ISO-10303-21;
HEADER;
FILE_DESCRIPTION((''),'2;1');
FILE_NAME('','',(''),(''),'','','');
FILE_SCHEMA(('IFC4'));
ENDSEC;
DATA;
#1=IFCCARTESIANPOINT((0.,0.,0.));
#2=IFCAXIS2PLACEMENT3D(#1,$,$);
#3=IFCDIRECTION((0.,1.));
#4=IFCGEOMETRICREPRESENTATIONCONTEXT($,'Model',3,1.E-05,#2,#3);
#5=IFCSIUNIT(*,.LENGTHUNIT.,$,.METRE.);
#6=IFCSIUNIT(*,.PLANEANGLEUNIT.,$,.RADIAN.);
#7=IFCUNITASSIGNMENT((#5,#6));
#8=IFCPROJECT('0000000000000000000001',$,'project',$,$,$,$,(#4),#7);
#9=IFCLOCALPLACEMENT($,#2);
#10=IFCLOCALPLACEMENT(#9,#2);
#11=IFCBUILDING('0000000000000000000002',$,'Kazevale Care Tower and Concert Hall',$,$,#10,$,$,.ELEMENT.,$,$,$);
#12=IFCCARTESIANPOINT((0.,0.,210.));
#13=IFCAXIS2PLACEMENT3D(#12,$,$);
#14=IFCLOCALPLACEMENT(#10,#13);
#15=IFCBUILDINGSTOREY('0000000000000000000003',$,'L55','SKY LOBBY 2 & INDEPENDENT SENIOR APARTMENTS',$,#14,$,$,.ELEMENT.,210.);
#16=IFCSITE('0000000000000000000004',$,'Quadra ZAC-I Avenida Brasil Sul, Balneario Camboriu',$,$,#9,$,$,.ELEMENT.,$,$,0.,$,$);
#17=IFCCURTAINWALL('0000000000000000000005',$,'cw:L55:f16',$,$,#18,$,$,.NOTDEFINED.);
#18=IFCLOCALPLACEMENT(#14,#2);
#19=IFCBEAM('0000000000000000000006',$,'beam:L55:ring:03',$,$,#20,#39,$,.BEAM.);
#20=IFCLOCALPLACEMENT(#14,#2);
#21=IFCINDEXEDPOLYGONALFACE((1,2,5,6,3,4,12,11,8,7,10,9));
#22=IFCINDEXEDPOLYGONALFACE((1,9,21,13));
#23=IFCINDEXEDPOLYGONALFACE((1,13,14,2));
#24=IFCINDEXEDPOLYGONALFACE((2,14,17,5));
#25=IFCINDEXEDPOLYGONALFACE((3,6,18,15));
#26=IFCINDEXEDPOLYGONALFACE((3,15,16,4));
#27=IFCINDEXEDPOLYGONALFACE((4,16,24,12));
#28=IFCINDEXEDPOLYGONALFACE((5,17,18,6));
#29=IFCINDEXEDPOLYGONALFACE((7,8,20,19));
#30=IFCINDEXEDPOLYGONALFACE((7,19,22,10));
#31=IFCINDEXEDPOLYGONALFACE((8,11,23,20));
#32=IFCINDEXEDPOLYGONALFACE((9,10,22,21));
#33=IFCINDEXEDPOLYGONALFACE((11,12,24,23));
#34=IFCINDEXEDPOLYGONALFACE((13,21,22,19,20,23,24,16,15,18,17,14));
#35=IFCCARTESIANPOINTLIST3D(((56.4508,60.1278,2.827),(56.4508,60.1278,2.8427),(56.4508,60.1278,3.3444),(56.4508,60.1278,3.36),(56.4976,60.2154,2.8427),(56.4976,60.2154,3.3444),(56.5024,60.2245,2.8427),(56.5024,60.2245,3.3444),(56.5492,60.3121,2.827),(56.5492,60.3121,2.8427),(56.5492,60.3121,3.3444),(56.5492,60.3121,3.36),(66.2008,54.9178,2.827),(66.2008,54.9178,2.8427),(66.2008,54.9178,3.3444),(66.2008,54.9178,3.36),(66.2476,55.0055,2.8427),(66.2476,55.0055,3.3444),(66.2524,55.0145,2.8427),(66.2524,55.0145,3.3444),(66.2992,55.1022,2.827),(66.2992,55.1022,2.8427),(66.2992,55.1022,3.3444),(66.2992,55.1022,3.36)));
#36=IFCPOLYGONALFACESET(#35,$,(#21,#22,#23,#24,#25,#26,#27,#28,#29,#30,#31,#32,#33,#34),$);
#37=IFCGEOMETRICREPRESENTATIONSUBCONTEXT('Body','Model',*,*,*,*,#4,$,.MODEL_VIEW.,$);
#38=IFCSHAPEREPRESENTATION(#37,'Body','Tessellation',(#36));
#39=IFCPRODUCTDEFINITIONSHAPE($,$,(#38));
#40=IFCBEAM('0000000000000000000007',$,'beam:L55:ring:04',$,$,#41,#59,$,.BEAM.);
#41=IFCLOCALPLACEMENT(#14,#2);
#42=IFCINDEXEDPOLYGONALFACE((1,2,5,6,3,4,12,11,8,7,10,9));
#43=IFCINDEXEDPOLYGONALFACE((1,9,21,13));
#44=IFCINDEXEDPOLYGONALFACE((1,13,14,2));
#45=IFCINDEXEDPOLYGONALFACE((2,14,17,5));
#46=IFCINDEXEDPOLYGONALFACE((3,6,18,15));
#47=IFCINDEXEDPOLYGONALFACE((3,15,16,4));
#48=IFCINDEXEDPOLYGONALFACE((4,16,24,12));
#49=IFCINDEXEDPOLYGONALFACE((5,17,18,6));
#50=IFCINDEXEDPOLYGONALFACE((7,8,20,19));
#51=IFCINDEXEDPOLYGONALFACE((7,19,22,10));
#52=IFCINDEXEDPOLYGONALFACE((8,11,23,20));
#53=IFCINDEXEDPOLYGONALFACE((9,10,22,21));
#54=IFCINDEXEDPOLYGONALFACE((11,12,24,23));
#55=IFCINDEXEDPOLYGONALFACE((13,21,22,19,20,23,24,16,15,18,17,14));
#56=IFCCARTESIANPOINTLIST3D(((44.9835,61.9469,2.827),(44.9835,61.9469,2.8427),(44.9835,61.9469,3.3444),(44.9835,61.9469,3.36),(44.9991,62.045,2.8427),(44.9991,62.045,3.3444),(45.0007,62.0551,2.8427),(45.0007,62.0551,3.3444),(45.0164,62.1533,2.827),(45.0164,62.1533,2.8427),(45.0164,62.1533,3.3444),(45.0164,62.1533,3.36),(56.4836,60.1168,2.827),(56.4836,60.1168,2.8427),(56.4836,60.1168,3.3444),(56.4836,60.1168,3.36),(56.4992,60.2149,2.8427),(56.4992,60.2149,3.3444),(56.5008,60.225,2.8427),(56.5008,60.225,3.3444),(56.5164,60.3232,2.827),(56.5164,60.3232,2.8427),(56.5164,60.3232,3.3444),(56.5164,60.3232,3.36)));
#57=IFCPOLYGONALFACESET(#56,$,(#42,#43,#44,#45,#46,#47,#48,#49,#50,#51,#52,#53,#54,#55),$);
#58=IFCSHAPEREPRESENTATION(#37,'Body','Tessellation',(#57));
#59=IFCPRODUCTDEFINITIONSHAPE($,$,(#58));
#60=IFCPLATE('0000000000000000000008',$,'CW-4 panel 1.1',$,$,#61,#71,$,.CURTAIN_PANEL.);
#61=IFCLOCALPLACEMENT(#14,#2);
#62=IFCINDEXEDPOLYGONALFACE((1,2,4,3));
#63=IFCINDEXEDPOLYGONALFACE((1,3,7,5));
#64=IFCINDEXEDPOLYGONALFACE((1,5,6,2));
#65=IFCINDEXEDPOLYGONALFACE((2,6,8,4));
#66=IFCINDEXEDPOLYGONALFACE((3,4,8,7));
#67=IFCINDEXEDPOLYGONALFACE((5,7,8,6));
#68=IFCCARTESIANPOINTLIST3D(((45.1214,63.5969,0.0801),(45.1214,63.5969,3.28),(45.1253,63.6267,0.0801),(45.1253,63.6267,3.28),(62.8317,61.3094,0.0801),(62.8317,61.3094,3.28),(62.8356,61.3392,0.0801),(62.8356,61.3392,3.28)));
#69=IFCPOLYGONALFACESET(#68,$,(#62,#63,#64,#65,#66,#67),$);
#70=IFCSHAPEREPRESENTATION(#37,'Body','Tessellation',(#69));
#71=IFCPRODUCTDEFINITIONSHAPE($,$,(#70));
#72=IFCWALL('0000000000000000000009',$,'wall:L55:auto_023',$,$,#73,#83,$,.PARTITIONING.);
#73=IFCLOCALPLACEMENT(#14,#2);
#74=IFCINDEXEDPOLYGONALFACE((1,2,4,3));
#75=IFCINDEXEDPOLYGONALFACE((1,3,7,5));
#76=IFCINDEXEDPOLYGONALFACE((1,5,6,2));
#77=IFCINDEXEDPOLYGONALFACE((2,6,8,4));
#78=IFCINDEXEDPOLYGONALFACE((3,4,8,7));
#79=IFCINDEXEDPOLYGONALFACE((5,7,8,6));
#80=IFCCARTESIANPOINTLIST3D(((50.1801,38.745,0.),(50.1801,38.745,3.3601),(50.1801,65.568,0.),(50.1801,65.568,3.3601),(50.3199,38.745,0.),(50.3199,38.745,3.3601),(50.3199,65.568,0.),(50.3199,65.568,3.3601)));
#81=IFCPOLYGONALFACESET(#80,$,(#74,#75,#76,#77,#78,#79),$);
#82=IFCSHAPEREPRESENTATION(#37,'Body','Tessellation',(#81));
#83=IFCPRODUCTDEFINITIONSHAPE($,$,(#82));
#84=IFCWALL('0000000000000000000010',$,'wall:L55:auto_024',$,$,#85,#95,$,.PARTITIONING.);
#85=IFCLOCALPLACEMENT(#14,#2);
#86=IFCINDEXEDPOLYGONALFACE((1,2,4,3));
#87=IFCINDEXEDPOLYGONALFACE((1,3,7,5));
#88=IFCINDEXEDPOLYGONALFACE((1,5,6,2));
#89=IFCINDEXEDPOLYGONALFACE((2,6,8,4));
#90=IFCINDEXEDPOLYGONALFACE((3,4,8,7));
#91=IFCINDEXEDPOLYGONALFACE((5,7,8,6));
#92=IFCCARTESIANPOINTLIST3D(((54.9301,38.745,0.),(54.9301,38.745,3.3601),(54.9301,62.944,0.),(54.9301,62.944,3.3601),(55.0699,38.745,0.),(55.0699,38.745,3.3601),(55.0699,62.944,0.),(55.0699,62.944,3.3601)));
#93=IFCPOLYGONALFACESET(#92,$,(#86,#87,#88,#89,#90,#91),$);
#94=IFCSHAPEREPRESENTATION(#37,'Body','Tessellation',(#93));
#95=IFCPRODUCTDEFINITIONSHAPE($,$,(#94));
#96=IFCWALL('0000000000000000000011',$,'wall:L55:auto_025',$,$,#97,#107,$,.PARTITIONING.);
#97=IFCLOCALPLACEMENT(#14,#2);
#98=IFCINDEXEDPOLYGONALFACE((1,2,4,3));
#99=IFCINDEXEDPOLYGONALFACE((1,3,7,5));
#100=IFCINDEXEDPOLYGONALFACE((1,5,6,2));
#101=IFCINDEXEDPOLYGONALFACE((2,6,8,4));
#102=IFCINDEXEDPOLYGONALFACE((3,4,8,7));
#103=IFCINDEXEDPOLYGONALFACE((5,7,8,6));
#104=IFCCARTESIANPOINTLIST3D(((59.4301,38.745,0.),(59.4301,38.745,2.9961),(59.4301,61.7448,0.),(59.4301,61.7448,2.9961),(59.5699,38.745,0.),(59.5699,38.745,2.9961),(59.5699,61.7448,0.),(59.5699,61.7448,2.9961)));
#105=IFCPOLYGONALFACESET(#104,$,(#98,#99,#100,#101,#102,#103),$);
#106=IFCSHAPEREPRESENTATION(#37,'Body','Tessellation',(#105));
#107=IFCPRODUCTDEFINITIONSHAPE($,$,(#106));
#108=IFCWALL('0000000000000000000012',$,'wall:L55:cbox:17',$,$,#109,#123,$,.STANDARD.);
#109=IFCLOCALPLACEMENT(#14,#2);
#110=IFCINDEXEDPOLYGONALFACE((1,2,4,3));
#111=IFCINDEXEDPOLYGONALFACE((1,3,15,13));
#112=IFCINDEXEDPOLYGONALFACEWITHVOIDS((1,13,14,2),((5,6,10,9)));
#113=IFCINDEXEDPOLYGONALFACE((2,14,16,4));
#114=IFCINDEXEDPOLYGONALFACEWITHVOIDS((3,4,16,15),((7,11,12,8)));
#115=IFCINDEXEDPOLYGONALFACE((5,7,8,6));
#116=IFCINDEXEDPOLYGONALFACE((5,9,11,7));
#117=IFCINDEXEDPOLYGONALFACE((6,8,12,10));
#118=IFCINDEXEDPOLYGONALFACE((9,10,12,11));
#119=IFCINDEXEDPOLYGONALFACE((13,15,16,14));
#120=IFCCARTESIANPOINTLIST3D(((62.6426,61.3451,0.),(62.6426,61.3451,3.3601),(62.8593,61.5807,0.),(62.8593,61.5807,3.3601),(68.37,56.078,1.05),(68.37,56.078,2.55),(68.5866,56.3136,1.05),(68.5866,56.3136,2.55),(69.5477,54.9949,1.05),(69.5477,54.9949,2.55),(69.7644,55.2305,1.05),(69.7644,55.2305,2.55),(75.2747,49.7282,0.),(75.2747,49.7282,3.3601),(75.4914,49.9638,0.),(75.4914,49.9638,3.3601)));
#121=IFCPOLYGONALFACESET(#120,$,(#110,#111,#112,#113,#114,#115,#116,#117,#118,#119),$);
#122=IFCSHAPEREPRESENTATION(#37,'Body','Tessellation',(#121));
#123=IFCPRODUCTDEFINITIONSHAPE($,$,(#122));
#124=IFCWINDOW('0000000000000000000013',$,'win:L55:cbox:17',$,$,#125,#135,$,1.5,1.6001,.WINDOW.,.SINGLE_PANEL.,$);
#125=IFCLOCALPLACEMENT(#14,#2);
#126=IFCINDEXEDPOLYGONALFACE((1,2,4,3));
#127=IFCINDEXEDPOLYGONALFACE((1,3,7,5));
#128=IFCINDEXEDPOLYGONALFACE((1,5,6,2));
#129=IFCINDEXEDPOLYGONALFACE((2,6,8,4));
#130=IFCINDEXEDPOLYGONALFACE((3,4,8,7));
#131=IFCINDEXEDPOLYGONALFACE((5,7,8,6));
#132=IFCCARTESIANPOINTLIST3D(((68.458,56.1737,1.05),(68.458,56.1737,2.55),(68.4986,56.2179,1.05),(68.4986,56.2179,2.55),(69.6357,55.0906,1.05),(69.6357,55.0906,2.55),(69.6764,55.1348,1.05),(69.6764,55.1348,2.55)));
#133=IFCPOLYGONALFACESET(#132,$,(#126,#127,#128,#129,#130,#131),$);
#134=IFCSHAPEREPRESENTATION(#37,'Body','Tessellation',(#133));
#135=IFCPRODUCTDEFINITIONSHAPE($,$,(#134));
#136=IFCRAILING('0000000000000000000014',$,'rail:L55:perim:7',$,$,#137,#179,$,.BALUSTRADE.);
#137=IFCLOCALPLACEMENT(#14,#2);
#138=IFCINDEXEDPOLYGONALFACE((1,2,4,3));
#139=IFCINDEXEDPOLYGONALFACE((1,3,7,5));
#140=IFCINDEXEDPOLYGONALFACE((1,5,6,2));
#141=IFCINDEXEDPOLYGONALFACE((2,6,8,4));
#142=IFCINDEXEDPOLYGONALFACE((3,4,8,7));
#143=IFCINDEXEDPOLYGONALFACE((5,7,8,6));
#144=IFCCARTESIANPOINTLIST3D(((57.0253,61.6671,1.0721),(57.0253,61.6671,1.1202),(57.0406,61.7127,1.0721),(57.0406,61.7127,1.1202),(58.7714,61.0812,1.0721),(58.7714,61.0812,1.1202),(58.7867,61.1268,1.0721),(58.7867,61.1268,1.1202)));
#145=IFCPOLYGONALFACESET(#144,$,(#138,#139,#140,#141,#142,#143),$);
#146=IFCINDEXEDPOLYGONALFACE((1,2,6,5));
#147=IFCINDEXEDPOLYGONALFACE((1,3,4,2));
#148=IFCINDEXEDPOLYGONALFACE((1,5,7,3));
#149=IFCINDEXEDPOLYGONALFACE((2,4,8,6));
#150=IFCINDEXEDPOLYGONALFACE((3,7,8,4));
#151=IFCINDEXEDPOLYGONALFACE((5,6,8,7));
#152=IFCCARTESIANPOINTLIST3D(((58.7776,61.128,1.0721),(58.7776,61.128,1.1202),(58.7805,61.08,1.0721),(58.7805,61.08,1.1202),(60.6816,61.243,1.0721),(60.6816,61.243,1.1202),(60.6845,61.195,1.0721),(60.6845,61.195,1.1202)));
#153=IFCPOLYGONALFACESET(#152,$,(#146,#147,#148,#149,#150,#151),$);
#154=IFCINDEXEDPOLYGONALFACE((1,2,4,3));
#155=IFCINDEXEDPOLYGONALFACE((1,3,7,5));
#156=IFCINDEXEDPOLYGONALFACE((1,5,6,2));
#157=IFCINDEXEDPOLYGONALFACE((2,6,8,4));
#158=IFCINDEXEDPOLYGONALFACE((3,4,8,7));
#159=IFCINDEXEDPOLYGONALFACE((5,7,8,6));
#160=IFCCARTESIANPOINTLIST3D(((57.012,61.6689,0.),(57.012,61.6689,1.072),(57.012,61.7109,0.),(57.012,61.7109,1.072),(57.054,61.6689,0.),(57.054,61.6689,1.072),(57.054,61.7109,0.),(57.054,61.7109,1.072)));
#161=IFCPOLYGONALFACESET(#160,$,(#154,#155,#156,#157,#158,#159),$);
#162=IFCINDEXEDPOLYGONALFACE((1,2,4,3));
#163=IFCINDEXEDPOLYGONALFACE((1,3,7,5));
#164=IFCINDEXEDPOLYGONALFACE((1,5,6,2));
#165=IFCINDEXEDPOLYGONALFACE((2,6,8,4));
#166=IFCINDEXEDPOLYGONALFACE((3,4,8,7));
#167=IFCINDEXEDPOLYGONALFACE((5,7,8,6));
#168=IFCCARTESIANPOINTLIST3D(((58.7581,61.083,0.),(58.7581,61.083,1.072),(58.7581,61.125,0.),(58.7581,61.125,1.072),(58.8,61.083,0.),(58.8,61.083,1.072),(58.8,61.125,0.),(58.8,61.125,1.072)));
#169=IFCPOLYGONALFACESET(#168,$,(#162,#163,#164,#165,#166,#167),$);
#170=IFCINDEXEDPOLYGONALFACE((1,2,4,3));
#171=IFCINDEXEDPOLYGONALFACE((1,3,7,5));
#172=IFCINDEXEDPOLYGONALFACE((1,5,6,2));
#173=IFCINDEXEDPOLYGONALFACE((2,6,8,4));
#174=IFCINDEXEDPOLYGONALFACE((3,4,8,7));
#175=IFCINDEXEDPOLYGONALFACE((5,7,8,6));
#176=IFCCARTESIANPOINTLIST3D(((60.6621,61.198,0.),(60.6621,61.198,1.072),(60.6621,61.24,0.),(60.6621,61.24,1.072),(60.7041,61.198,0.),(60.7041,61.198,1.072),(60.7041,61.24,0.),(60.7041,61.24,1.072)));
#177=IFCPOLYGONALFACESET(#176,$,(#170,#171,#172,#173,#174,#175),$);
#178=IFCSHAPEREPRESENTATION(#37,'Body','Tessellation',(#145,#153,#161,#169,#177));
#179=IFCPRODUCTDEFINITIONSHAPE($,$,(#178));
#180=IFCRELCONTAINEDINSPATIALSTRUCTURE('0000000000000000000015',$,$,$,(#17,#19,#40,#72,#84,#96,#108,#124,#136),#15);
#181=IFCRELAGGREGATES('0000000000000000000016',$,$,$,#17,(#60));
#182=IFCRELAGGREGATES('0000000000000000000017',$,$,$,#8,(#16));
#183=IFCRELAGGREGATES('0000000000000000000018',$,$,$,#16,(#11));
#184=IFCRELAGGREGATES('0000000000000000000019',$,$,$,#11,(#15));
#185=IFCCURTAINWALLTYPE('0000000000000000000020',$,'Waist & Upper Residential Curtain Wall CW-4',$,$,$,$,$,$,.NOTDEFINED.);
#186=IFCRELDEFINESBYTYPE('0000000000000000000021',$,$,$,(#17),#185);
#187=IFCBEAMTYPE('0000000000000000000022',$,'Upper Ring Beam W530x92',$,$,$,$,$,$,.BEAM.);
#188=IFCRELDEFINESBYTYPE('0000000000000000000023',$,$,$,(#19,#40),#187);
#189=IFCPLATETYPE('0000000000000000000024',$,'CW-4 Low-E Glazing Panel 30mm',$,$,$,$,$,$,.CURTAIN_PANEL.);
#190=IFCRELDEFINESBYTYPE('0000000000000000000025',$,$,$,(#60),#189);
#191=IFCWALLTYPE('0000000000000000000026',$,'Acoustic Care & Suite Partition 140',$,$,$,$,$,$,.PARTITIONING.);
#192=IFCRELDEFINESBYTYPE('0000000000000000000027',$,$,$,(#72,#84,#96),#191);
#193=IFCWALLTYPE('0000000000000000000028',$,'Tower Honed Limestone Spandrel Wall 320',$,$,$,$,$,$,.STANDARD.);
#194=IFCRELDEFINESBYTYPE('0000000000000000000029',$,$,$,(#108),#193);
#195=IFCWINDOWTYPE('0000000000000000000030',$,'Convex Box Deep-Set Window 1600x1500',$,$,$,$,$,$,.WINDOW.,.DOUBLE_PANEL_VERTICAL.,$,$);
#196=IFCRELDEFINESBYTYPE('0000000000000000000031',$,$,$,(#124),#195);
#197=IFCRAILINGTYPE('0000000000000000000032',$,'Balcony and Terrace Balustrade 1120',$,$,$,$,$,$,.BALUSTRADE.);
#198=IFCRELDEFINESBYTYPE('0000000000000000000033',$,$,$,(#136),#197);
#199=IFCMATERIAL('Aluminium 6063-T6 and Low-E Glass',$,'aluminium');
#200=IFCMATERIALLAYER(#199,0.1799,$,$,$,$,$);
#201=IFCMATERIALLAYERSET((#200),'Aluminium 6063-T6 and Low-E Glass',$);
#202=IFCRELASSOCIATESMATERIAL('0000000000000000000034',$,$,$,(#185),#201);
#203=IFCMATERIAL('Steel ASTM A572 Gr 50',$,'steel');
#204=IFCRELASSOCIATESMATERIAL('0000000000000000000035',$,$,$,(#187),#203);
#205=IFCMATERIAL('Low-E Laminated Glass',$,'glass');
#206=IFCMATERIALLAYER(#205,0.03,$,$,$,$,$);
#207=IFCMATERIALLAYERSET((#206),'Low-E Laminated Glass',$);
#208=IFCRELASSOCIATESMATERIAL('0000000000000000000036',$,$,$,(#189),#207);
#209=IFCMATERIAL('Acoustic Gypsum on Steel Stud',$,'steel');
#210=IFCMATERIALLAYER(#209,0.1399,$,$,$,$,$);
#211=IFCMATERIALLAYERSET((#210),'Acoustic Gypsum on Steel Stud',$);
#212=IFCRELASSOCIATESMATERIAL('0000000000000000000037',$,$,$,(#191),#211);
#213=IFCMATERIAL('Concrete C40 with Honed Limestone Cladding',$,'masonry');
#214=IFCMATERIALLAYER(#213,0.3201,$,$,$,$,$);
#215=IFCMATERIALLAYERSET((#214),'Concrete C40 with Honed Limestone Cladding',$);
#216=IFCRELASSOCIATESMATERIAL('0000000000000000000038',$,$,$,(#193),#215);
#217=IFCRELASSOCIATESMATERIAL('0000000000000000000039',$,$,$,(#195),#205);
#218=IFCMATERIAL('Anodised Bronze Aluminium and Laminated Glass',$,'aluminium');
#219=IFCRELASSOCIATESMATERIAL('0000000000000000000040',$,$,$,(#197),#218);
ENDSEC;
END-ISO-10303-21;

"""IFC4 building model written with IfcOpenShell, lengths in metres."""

from ifc_helpers import new_model, si_unit, direction, frame, frame_2d, origin, origin_2d, place, context, subcontext, project, spatial, rectangle, i_section, extrude, material, layer, layer_set, material_profile, profile_set, type_object, element, fill, aggregate, save


model = new_model("IFC4")

# Units and contexts
model_context = context("Model", 3, precision=1e-05, world=origin(), true_north=direction((0.0, 1.0)))
body_context = subcontext(model_context, "Body", "Model", "MODEL_VIEW")
ifc_project = project(units=[si_unit("LENGTHUNIT", "METRE"), si_unit("PLANEANGLEUNIT", "RADIAN")], contexts=[model_context])

# Site, building, storey
site_placement = place(None, origin())
site = spatial("IfcSite", under=ifc_project, at=site_placement, Name="Quadra ZAC-I Avenida Brasil Sul, Balneario Camboriu", CompositionType="ELEMENT", RefElevation=0.0)
building_placement = place(site_placement, origin())
building = spatial("IfcBuilding", under=site, at=building_placement, Name="Kazevale Care Tower and Concert Hall", CompositionType="ELEMENT")
storey_placement = place(building_placement, frame((0.0, 0.0, 210.0)))
storey = spatial("IfcBuildingStorey", under=building, at=storey_placement, Name="L55", Description="SKY LOBBY 2 & INDEPENDENT SENIOR APARTMENTS", CompositionType="ELEMENT", Elevation=210.0)

# Curtain wall
ifc_material_1 = material(Name="Aluminium 6063-T6 and Low-E Glass", Category="aluminium")
ifc_layer_1 = layer(ifc_material_1, 0.1799)
ifc_layer_set_1 = layer_set([ifc_layer_1], Name="Aluminium 6063-T6 and Low-E Glass")
curtain_wall_type = type_object("IfcCurtainWallType", Name="Waist & Upper Residential Curtain Wall CW-4", PredefinedType="NOTDEFINED", material=ifc_layer_set_1)
curtain_wall_1_placement = place(storey_placement, origin())
curtain_wall_1 = element("IfcCurtainWall", 1, at=curtain_wall_1_placement, inside=storey, type_object=curtain_wall_type, Name="cw:L55:f16", PredefinedType="NOTDEFINED")

# Beams
ifc_material_2 = material(Name="Steel ASTM A572 Gr 50", Category="steel")
ifc_material_profile_1 = material_profile(ifc_material_2, i_section(OverallWidth=0.209, OverallDepth=0.533, WebThickness=0.0103, FlangeThickness=0.0156, at=origin_2d()), Name="W530x92")
ifc_profile_set_1 = profile_set([ifc_material_profile_1], Name="Steel ASTM A572 Gr 50")
beam_type_1 = type_object("IfcBeamType", Name="Upper Ring Beam W530x92", PredefinedType="BEAM", material=ifc_profile_set_1)
beam_1_placement = place(storey_placement, frame((66.25, 55.01, 3.0935), z_axis=(-0.881979, 0.47129, 0.0), x_axis=(-0.47129, -0.881979, 0.0)))
element("IfcBeam", 2, at=beam_1_placement, inside=storey, type_object=beam_type_1, Name="beam:L55:ring:03", PredefinedType="BEAM", context=body_context, shape_type="SweptSolid", body=[
    extrude(i_section(OverallWidth=0.209, OverallDepth=0.533, WebThickness=0.0103, FlangeThickness=0.0156, at=origin_2d()), origin(), (0.0, 0.0, 1.0), 11.0547),
])
beam_2_placement = place(storey_placement, frame((56.5, 60.22, 3.0935), z_axis=(-0.987573, 0.15716, 0.0), x_axis=(-0.15716, -0.987573, 0.0)))
element("IfcBeam", 3, at=beam_2_placement, inside=storey, type_object=beam_type_1, Name="beam:L55:ring:04", PredefinedType="BEAM", context=body_context, shape_type="SweptSolid", body=[
    extrude(i_section(OverallWidth=0.209, OverallDepth=0.533, WebThickness=0.0103, FlangeThickness=0.0156, at=origin_2d()), origin(), (0.0, 0.0, 1.0), 11.6448),
])

# Plate
ifc_material_3 = material(Name="Low-E Laminated Glass", Category="glass")
ifc_layer_2 = layer(ifc_material_3, 0.03)
ifc_layer_set_2 = layer_set([ifc_layer_2], Name="Low-E Laminated Glass")
plate_type = type_object("IfcPlateType", Name="CW-4 Low-E Glazing Panel 30mm", PredefinedType="CURTAIN_PANEL", material=ifc_layer_set_2)
plate_placement = place(storey_placement, frame((53.9785, 62.468, 0.0801), z_axis=(0.0, 0.0, 1.0), x_axis=(0.991761, -0.128098, 0.0)))
plate = element("IfcPlate", 4, at=plate_placement, type_object=plate_type, Name="CW-4 panel 1.1", PredefinedType="CURTAIN_PANEL", context=body_context, shape_type="SweptSolid", body=[
    extrude(rectangle(XDim=17.8574, YDim=0.03, at=origin_2d()), origin(), (0.0, 0.0, 1.0), 3.2),
])
aggregate(curtain_wall_1, [plate])

# Walls
ifc_material_4 = material(Name="Acoustic Gypsum on Steel Stud", Category="steel")
ifc_layer_3 = layer(ifc_material_4, 0.1399)
ifc_layer_set_3 = layer_set([ifc_layer_3], Name="Acoustic Gypsum on Steel Stud")
wall_type_1 = type_object("IfcWallType", Name="Acoustic Care & Suite Partition 140", PredefinedType="PARTITIONING", material=ifc_layer_set_3)
wall_1_placement = place(storey_placement, frame((50.25, 65.5681, 0.0), z_axis=(0.0, 0.0, 1.0), x_axis=(0.0, -1.0, 0.0)))
element("IfcWall", 5, at=wall_1_placement, inside=storey, type_object=wall_type_1, Name="wall:L55:auto_023", PredefinedType="PARTITIONING", context=body_context, shape_type="SweptSolid", body=[
    extrude(rectangle(XDim=26.823, YDim=0.1399, at=frame_2d((13.4116, 0.0))), origin(), (0.0, 0.0, 1.0), 3.3601),
])
wall_2_placement = place(storey_placement, frame((55.0, 62.9441, 0.0), z_axis=(0.0, 0.0, 1.0), x_axis=(0.0, -1.0, 0.0)))
element("IfcWall", 6, at=wall_2_placement, inside=storey, type_object=wall_type_1, Name="wall:L55:auto_024", PredefinedType="PARTITIONING", context=body_context, shape_type="SweptSolid", body=[
    extrude(rectangle(XDim=24.199, YDim=0.1399, at=frame_2d((12.0996, 0.0))), origin(), (0.0, 0.0, 1.0), 3.3601),
])
wall_3_placement = place(storey_placement, frame((59.5, 61.7449, 0.0), z_axis=(0.0, 0.0, 1.0), x_axis=(0.0, -1.0, 0.0)))
element("IfcWall", 7, at=wall_3_placement, inside=storey, type_object=wall_type_1, Name="wall:L55:auto_025", PredefinedType="PARTITIONING", context=body_context, shape_type="SweptSolid", body=[
    extrude(rectangle(XDim=22.9998, YDim=0.1399, at=frame_2d((11.5, 0.0))), origin(), (0.0, 0.0, 1.0), 2.9961),
])

# Wall, opening, window
ifc_material_5 = material(Name="Concrete C40 with Honed Limestone Cladding", Category="masonry")
ifc_layer_4 = layer(ifc_material_5, 0.3201)
ifc_layer_set_4 = layer_set([ifc_layer_4], Name="Concrete C40 with Honed Limestone Cladding")
wall_type_2 = type_object("IfcWallType", Name="Tower Honed Limestone Spandrel Wall 320", PredefinedType="STANDARD", material=ifc_layer_set_4)
wall_4_placement = place(storey_placement, frame((62.751, 61.4629, 0.0), z_axis=(0.0, 0.0, 1.0), x_axis=(0.736064, -0.676912, 0.0)))
wall_4 = element("IfcWall", 8, at=wall_4_placement, inside=storey, type_object=wall_type_2, Name="wall:L55:cbox:17", PredefinedType="STANDARD", context=body_context, shape_type="SweptSolid", body=[
    extrude(rectangle(XDim=17.1616, YDim=0.3201, at=frame_2d((8.5808, 0.0))), origin(), (0.0, 0.0, 1.0), 3.3601),
])
opening_placement = place(wall_4_placement, frame((7.781, 0.0, 1.05)))
opening = element("IfcOpeningElement", 9, at=opening_placement, cuts=wall_4, PredefinedType="OPENING", context=body_context, shape_type="SweptSolid", body=[
    extrude(rectangle(XDim=1.6001, YDim=1.5, at=frame_2d((0.8, 0.75))), frame((0.0, 0.1699, 0.0), z_axis=(0.0, -1.0, 0.0), x_axis=(1.0, 0.0, 0.0)), (0.0, 0.0, 1.0), 0.3401),
])
window_type = type_object("IfcWindowType", Name="Convex Box Deep-Set Window 1600x1500", PartitioningType="DOUBLE_PANEL_VERTICAL", PredefinedType="WINDOW", material=ifc_material_3)
window_placement = place(opening_placement, origin())
window = element("IfcWindow", 10, at=window_placement, inside=storey, type_object=window_type, Name="win:L55:cbox:17", OverallHeight=1.5, OverallWidth=1.6001, PartitioningType="SINGLE_PANEL", PredefinedType="WINDOW", context=body_context, shape_type="SweptSolid", body=[
    extrude(rectangle(XDim=1.6001, YDim=1.5, at=frame_2d((0.8, 0.75))), frame((0.0, 0.03, 0.0), z_axis=(0.0, -1.0, 0.0), x_axis=(1.0, 0.0, 0.0)), (0.0, 0.0, 1.0), 0.0601),
])
fill(opening, window)

# Railing
ifc_material_6 = material(Name="Anodised Bronze Aluminium and Laminated Glass", Category="aluminium")
railing_type = type_object("IfcRailingType", Name="Balcony and Terrace Balustrade 1120", PredefinedType="BALUSTRADE", material=ifc_material_6)
railing_1_placement = place(storey_placement, frame((57.033, 61.6899, 0.0)))
element("IfcRailing", 11, at=railing_1_placement, inside=storey, type_object=railing_type, Name="rail:L55:perim:7", PredefinedType="BALUSTRADE", context=body_context, shape_type="SweptSolid", body=[
    extrude(rectangle(XDim=0.0481, YDim=0.0481, at=origin_2d()), frame((0.0, 0.0, 1.0962), z_axis=(0.948045, -0.318136, 0.0), x_axis=(0.318136, 0.948045, 0.0)), (0.0, 0.0, 1.0), 1.8418),
    extrude(rectangle(XDim=0.0481, YDim=0.0481, at=origin_2d()), frame((1.7461, -0.5859, 1.0962), z_axis=(0.998181, 0.060283, 0.0), x_axis=(-0.060283, 0.998181, 0.0)), (0.0, 0.0, 1.0), 1.9075),
    extrude(rectangle(XDim=0.042, YDim=0.042, at=origin_2d()), origin(), (0.0, 0.0, 1.0), 1.072),
    extrude(rectangle(XDim=0.042, YDim=0.042, at=origin_2d()), frame((1.7461, -0.5859, 0.0)), (0.0, 0.0, 1.0), 1.072),
    extrude(rectangle(XDim=0.042, YDim=0.042, at=origin_2d()), frame((3.6501, -0.4709, 0.0)), (0.0, 0.0, 1.0), 1.072),
])

save(model, "model.ifc")
